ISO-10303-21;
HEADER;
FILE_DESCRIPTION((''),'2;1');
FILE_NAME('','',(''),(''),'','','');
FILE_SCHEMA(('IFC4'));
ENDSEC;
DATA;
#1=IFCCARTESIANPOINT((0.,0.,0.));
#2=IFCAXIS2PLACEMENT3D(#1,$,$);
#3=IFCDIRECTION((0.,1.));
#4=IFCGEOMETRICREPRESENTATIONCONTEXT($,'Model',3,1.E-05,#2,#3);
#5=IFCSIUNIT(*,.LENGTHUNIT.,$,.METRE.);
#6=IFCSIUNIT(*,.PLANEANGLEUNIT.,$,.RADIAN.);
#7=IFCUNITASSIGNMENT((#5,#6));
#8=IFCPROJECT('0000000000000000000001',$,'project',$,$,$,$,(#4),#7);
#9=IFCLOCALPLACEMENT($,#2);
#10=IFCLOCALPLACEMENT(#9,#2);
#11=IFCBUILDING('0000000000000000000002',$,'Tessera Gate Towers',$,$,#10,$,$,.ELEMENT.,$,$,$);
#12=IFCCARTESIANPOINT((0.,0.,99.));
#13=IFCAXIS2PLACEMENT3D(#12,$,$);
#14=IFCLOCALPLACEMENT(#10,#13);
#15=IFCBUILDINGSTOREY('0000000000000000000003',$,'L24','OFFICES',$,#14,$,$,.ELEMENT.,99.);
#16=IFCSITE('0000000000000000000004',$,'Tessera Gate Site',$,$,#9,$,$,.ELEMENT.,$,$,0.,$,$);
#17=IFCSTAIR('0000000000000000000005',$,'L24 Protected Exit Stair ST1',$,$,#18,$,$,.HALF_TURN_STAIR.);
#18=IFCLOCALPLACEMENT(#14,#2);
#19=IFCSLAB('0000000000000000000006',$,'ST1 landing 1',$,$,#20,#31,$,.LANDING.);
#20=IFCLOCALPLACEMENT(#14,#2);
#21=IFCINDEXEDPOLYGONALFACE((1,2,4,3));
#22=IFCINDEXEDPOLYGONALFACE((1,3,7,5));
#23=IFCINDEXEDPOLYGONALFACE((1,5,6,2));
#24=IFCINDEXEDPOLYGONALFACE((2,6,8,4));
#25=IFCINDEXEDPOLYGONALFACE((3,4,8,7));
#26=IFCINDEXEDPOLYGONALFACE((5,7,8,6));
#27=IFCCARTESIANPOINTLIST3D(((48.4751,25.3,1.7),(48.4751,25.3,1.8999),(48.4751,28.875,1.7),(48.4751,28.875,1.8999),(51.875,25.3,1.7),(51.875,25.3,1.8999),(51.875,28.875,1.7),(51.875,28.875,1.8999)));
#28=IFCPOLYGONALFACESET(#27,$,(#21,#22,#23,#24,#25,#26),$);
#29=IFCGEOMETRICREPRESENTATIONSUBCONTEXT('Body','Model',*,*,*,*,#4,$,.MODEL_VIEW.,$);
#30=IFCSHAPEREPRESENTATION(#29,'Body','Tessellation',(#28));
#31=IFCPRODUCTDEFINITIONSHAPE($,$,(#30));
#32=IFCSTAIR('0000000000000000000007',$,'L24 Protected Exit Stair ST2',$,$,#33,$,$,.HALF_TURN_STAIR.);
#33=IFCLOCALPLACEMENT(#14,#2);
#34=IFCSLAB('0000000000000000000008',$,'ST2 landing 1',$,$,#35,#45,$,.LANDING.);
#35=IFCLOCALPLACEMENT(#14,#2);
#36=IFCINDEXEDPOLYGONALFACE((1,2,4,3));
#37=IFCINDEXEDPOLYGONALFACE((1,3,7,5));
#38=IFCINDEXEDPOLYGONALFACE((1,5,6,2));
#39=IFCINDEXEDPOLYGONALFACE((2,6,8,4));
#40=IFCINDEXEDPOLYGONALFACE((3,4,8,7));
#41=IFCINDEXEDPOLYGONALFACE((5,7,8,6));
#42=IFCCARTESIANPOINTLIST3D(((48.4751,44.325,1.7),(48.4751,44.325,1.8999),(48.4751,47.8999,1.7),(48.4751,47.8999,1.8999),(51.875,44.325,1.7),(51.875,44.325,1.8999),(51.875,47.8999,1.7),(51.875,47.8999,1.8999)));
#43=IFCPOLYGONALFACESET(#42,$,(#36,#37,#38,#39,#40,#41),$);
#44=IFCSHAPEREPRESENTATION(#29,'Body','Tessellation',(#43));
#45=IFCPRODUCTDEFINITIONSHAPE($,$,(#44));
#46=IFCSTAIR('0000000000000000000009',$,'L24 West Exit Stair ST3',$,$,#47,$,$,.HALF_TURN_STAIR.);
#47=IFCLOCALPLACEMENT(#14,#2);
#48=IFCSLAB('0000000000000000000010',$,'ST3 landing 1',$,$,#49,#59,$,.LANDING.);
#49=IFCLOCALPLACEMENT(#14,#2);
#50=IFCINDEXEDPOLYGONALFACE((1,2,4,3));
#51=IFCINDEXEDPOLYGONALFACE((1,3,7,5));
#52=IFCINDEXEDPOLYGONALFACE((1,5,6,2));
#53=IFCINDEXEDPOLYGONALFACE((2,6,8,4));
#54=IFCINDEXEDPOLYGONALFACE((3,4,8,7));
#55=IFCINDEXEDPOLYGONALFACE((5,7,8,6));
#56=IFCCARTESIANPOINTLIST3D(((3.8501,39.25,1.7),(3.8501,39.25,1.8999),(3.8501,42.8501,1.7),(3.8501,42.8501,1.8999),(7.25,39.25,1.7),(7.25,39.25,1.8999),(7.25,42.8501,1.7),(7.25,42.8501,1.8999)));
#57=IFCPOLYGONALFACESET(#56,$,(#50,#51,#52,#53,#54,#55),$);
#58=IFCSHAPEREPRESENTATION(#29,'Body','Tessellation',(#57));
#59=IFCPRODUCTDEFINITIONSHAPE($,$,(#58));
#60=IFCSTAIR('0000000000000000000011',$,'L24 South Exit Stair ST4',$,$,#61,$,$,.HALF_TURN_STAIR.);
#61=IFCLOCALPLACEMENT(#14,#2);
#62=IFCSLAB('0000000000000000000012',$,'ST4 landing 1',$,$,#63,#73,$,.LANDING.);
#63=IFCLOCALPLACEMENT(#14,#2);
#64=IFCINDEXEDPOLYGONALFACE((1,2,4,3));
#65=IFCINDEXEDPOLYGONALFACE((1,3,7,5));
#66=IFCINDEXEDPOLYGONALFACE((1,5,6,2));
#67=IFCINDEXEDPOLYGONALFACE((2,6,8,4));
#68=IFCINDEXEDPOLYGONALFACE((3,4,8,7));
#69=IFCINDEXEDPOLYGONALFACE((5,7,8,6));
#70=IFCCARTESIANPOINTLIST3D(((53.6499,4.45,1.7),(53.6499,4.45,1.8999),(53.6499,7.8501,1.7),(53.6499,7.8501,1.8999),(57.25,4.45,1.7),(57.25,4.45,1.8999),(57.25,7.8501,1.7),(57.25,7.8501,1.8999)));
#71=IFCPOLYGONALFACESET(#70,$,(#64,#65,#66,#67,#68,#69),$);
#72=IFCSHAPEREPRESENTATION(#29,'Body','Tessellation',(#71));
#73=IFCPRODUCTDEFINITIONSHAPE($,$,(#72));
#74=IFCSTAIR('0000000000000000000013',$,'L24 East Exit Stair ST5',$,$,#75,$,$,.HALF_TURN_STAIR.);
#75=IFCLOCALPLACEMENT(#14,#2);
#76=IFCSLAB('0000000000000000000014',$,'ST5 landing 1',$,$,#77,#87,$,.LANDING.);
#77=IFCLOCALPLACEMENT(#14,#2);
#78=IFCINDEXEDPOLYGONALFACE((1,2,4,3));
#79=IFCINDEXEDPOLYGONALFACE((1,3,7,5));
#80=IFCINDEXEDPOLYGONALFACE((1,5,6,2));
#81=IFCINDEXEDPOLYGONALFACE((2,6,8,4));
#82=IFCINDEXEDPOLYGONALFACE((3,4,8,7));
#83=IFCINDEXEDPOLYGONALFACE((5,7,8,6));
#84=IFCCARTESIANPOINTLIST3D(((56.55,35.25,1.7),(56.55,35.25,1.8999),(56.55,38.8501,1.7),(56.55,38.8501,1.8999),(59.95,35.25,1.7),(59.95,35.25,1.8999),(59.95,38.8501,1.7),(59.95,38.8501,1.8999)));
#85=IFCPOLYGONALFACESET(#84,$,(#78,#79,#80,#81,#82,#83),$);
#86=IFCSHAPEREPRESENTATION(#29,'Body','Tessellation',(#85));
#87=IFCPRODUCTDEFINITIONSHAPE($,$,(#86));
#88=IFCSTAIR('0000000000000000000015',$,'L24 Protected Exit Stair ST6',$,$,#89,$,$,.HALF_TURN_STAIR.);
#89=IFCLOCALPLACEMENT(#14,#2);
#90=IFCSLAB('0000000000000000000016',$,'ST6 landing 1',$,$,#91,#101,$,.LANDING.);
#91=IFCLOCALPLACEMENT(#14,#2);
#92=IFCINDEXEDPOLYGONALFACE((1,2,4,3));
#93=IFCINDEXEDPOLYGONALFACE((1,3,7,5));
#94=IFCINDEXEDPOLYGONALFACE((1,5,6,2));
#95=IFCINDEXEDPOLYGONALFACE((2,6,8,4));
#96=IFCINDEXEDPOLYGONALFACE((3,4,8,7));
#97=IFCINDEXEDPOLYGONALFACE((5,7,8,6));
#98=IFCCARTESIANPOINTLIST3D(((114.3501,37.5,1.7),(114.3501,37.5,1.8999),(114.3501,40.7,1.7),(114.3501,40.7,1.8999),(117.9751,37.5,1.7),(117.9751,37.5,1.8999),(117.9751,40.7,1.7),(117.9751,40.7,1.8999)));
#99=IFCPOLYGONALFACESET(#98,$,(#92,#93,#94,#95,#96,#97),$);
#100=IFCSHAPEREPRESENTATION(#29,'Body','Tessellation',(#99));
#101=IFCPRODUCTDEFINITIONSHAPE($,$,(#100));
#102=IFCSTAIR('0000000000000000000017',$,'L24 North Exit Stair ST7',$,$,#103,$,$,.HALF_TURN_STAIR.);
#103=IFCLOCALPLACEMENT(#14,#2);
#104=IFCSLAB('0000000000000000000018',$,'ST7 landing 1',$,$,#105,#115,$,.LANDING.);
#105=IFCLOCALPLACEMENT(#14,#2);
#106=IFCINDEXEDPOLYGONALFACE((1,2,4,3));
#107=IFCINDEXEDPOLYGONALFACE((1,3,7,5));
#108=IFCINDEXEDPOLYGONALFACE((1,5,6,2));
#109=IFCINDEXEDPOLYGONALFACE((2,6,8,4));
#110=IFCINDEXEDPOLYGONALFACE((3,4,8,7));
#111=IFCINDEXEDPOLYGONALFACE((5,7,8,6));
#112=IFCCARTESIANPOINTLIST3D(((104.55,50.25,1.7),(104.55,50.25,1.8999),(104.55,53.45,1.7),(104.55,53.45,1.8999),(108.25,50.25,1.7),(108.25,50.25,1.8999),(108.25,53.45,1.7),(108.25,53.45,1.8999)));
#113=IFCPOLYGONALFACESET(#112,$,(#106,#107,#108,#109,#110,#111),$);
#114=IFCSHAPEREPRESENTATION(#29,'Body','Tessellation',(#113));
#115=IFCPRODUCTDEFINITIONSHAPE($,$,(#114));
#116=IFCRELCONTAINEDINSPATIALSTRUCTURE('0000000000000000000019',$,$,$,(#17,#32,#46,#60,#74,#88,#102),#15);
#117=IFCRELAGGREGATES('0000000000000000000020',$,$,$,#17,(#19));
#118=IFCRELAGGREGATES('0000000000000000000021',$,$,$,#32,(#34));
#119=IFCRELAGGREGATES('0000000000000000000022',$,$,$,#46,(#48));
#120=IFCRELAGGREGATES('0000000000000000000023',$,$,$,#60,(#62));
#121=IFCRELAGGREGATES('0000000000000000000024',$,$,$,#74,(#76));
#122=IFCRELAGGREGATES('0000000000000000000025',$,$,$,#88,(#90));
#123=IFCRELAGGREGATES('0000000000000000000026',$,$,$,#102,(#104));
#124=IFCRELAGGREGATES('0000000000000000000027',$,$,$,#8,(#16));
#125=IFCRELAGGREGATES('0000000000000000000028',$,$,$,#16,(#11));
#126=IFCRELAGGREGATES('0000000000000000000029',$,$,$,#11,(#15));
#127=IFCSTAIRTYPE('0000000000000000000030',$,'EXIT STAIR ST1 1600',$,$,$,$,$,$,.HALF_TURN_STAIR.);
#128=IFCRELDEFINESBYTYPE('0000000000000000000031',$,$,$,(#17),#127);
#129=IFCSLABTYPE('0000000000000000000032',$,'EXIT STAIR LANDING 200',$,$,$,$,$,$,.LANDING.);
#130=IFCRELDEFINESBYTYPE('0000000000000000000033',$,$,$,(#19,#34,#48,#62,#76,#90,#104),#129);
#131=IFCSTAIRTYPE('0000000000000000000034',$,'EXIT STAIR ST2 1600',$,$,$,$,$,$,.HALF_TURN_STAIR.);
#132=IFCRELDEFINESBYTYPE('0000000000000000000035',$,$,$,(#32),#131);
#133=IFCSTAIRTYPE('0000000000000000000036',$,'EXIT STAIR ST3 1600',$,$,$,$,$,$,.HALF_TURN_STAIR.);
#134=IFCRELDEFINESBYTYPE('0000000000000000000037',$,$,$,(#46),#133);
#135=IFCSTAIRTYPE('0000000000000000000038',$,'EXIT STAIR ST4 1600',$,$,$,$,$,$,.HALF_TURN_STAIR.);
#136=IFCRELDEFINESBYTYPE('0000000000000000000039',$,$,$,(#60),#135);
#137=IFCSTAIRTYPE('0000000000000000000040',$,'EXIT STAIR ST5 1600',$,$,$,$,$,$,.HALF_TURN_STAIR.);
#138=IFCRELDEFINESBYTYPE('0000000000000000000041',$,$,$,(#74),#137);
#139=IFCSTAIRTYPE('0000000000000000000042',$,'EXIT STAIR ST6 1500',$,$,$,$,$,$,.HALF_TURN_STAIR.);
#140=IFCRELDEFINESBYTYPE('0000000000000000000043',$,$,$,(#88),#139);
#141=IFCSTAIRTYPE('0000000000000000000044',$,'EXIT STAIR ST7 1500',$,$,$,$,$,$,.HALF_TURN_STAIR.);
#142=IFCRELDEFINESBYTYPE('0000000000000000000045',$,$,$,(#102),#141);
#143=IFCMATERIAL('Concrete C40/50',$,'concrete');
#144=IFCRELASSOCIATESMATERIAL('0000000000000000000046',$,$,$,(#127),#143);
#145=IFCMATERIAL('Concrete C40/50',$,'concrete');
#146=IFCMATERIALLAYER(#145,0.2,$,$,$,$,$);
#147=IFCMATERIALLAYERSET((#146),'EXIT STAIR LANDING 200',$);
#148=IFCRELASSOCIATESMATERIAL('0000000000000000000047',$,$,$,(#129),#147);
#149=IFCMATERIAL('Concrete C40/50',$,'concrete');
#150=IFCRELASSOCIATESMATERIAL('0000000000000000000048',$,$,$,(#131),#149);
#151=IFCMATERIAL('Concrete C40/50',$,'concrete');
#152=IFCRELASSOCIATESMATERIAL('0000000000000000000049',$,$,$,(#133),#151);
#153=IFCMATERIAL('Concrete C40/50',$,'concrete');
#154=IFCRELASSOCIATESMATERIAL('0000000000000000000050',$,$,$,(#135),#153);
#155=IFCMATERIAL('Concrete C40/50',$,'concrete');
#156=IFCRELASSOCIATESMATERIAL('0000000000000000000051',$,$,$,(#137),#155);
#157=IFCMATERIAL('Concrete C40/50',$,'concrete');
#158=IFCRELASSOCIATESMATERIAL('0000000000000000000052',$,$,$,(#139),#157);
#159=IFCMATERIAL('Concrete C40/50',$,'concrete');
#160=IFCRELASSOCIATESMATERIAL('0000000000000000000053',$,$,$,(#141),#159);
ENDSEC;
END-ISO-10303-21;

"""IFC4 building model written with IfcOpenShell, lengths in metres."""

from ifc_helpers import new_model, si_unit, direction, frame, origin, place, context, subcontext, project, spatial, polyline, outline, extrude, material, layer, layer_set, type_object, element, aggregate, save


model = new_model("IFC4")

# Units and contexts
model_context = context("Model", 3, precision=1e-05, world=origin(), true_north=direction((0.0, 1.0)))
body_context = subcontext(model_context, "Body", "Model", "MODEL_VIEW")
ifc_project = project(units=[si_unit("LENGTHUNIT", "METRE"), si_unit("PLANEANGLEUNIT", "RADIAN")], contexts=[model_context])

# Site, building, storey
site_placement = place(None, origin())
site = spatial("IfcSite", under=ifc_project, at=site_placement, Name="Tessera Gate Site", CompositionType="ELEMENT", RefElevation=0.0)
building_placement = place(site_placement, origin())
building = spatial("IfcBuilding", under=site, at=building_placement, Name="Tessera Gate Towers", CompositionType="ELEMENT")
storey_placement = place(building_placement, frame((0.0, 0.0, 99.0)))
storey = spatial("IfcBuildingStorey", under=building, at=storey_placement, Name="L24", Description="OFFICES", CompositionType="ELEMENT", Elevation=99.0)

# Stairs, slabs
ifc_material_1 = material(Name="Concrete C40/50", Category="concrete")
stair_type_1 = type_object("IfcStairType", Name="EXIT STAIR ST1 1600", PredefinedType="HALF_TURN_STAIR", material=ifc_material_1)
stair_1_placement = place(storey_placement, origin())
stair_1 = element("IfcStair", 1, at=stair_1_placement, inside=storey, type_object=stair_type_1, Name="L24 Protected Exit Stair ST1", PredefinedType="HALF_TURN_STAIR")
ifc_material_2 = material(Name="Concrete C40/50", Category="concrete")
ifc_layer_1 = layer(ifc_material_2, 0.2)
ifc_layer_set_1 = layer_set([ifc_layer_1], Name="EXIT STAIR LANDING 200")
slab_type_1 = type_object("IfcSlabType", Name="EXIT STAIR LANDING 200", PredefinedType="LANDING", material=ifc_layer_set_1)
slab_1_placement = place(storey_placement, frame((0.0, 0.0, 1.7)))
slab_1 = element("IfcSlab", 2, at=slab_1_placement, type_object=slab_type_1, Name="ST1 landing 1", PredefinedType="LANDING", context=body_context, shape_type="SweptSolid", body=[
    extrude(outline(polyline([(48.4751, 28.875), (48.4751, 25.3), (51.875, 25.3), (51.875, 28.875), (48.4751, 28.875)])), origin(), (0.0, 0.0, 1.0), 0.2),
])
aggregate(stair_1, [slab_1])
ifc_material_3 = material(Name="Concrete C40/50", Category="concrete")
stair_type_2 = type_object("IfcStairType", Name="EXIT STAIR ST2 1600", PredefinedType="HALF_TURN_STAIR", material=ifc_material_3)
stair_2_placement = place(storey_placement, origin())
stair_2 = element("IfcStair", 3, at=stair_2_placement, inside=storey, type_object=stair_type_2, Name="L24 Protected Exit Stair ST2", PredefinedType="HALF_TURN_STAIR")
slab_2_placement = place(storey_placement, frame((0.0, 0.0, 1.7)))
slab_2 = element("IfcSlab", 4, at=slab_2_placement, type_object=slab_type_1, Name="ST2 landing 1", PredefinedType="LANDING", context=body_context, shape_type="SweptSolid", body=[
    extrude(outline(polyline([(51.875, 44.325), (51.875, 47.8999), (48.4751, 47.8999), (48.4751, 44.325), (51.875, 44.325)])), origin(), (0.0, 0.0, 1.0), 0.2),
])
aggregate(stair_2, [slab_2])
ifc_material_4 = material(Name="Concrete C40/50", Category="concrete")
stair_type_3 = type_object("IfcStairType", Name="EXIT STAIR ST3 1600", PredefinedType="HALF_TURN_STAIR", material=ifc_material_4)
stair_3_placement = place(storey_placement, origin())
stair_3 = element("IfcStair", 5, at=stair_3_placement, inside=storey, type_object=stair_type_3, Name="L24 West Exit Stair ST3", PredefinedType="HALF_TURN_STAIR")
slab_3_placement = place(storey_placement, frame((0.0, 0.0, 1.7)))
slab_3 = element("IfcSlab", 6, at=slab_3_placement, type_object=slab_type_1, Name="ST3 landing 1", PredefinedType="LANDING", context=body_context, shape_type="SweptSolid", body=[
    extrude(outline(polyline([(3.8501, 42.8501), (3.8501, 39.25), (7.25, 39.25), (7.25, 42.8501), (3.8501, 42.8501)])), origin(), (0.0, 0.0, 1.0), 0.2),
])
aggregate(stair_3, [slab_3])
ifc_material_5 = material(Name="Concrete C40/50", Category="concrete")
stair_type_4 = type_object("IfcStairType", Name="EXIT STAIR ST4 1600", PredefinedType="HALF_TURN_STAIR", material=ifc_material_5)
stair_4_placement = place(storey_placement, origin())
stair_4 = element("IfcStair", 7, at=stair_4_placement, inside=storey, type_object=stair_type_4, Name="L24 South Exit Stair ST4", PredefinedType="HALF_TURN_STAIR")
slab_4_placement = place(storey_placement, frame((0.0, 0.0, 1.7)))
slab_4 = element("IfcSlab", 8, at=slab_4_placement, type_object=slab_type_1, Name="ST4 landing 1", PredefinedType="LANDING", context=body_context, shape_type="SweptSolid", body=[
    extrude(outline(polyline([(53.6499, 4.45), (57.25, 4.45), (57.25, 7.8501), (53.6499, 7.8501), (53.6499, 4.45)])), origin(), (0.0, 0.0, 1.0), 0.2),
])
aggregate(stair_4, [slab_4])
ifc_material_6 = material(Name="Concrete C40/50", Category="concrete")
stair_type_5 = type_object("IfcStairType", Name="EXIT STAIR ST5 1600", PredefinedType="HALF_TURN_STAIR", material=ifc_material_6)
stair_5_placement = place(storey_placement, origin())
stair_5 = element("IfcStair", 9, at=stair_5_placement, inside=storey, type_object=stair_type_5, Name="L24 East Exit Stair ST5", PredefinedType="HALF_TURN_STAIR")
slab_5_placement = place(storey_placement, frame((0.0, 0.0, 1.7)))
slab_5 = element("IfcSlab", 10, at=slab_5_placement, type_object=slab_type_1, Name="ST5 landing 1", PredefinedType="LANDING", context=body_context, shape_type="SweptSolid", body=[
    extrude(outline(polyline([(59.95, 35.25), (59.95, 38.8501), (56.55, 38.8501), (56.55, 35.25), (59.95, 35.25)])), origin(), (0.0, 0.0, 1.0), 0.2),
])
aggregate(stair_5, [slab_5])
ifc_material_7 = material(Name="Concrete C40/50", Category="concrete")
stair_type_6 = type_object("IfcStairType", Name="EXIT STAIR ST6 1500", PredefinedType="HALF_TURN_STAIR", material=ifc_material_7)
stair_6_placement = place(storey_placement, origin())
stair_6 = element("IfcStair", 11, at=stair_6_placement, inside=storey, type_object=stair_type_6, Name="L24 Protected Exit Stair ST6", PredefinedType="HALF_TURN_STAIR")
slab_6_placement = place(storey_placement, frame((0.0, 0.0, 1.7)))
slab_6 = element("IfcSlab", 12, at=slab_6_placement, type_object=slab_type_1, Name="ST6 landing 1", PredefinedType="LANDING", context=body_context, shape_type="SweptSolid", body=[
    extrude(outline(polyline([(114.3501, 37.5), (117.9751, 37.5), (117.9751, 40.7), (114.3501, 40.7), (114.3501, 37.5)])), origin(), (0.0, 0.0, 1.0), 0.2),
])
aggregate(stair_6, [slab_6])
ifc_material_8 = material(Name="Concrete C40/50", Category="concrete")
stair_type_7 = type_object("IfcStairType", Name="EXIT STAIR ST7 1500", PredefinedType="HALF_TURN_STAIR", material=ifc_material_8)
stair_7_placement = place(storey_placement, origin())
stair_7 = element("IfcStair", 13, at=stair_7_placement, inside=storey, type_object=stair_type_7, Name="L24 North Exit Stair ST7", PredefinedType="HALF_TURN_STAIR")
slab_7_placement = place(storey_placement, frame((0.0, 0.0, 1.7)))
slab_7 = element("IfcSlab", 14, at=slab_7_placement, type_object=slab_type_1, Name="ST7 landing 1", PredefinedType="LANDING", context=body_context, shape_type="SweptSolid", body=[
    extrude(outline(polyline([(104.55, 50.25), (108.25, 50.25), (108.25, 53.45), (104.55, 53.45), (104.55, 50.25)])), origin(), (0.0, 0.0, 1.0), 0.2),
])
aggregate(stair_7, [slab_7])

save(model, "model.ifc")
